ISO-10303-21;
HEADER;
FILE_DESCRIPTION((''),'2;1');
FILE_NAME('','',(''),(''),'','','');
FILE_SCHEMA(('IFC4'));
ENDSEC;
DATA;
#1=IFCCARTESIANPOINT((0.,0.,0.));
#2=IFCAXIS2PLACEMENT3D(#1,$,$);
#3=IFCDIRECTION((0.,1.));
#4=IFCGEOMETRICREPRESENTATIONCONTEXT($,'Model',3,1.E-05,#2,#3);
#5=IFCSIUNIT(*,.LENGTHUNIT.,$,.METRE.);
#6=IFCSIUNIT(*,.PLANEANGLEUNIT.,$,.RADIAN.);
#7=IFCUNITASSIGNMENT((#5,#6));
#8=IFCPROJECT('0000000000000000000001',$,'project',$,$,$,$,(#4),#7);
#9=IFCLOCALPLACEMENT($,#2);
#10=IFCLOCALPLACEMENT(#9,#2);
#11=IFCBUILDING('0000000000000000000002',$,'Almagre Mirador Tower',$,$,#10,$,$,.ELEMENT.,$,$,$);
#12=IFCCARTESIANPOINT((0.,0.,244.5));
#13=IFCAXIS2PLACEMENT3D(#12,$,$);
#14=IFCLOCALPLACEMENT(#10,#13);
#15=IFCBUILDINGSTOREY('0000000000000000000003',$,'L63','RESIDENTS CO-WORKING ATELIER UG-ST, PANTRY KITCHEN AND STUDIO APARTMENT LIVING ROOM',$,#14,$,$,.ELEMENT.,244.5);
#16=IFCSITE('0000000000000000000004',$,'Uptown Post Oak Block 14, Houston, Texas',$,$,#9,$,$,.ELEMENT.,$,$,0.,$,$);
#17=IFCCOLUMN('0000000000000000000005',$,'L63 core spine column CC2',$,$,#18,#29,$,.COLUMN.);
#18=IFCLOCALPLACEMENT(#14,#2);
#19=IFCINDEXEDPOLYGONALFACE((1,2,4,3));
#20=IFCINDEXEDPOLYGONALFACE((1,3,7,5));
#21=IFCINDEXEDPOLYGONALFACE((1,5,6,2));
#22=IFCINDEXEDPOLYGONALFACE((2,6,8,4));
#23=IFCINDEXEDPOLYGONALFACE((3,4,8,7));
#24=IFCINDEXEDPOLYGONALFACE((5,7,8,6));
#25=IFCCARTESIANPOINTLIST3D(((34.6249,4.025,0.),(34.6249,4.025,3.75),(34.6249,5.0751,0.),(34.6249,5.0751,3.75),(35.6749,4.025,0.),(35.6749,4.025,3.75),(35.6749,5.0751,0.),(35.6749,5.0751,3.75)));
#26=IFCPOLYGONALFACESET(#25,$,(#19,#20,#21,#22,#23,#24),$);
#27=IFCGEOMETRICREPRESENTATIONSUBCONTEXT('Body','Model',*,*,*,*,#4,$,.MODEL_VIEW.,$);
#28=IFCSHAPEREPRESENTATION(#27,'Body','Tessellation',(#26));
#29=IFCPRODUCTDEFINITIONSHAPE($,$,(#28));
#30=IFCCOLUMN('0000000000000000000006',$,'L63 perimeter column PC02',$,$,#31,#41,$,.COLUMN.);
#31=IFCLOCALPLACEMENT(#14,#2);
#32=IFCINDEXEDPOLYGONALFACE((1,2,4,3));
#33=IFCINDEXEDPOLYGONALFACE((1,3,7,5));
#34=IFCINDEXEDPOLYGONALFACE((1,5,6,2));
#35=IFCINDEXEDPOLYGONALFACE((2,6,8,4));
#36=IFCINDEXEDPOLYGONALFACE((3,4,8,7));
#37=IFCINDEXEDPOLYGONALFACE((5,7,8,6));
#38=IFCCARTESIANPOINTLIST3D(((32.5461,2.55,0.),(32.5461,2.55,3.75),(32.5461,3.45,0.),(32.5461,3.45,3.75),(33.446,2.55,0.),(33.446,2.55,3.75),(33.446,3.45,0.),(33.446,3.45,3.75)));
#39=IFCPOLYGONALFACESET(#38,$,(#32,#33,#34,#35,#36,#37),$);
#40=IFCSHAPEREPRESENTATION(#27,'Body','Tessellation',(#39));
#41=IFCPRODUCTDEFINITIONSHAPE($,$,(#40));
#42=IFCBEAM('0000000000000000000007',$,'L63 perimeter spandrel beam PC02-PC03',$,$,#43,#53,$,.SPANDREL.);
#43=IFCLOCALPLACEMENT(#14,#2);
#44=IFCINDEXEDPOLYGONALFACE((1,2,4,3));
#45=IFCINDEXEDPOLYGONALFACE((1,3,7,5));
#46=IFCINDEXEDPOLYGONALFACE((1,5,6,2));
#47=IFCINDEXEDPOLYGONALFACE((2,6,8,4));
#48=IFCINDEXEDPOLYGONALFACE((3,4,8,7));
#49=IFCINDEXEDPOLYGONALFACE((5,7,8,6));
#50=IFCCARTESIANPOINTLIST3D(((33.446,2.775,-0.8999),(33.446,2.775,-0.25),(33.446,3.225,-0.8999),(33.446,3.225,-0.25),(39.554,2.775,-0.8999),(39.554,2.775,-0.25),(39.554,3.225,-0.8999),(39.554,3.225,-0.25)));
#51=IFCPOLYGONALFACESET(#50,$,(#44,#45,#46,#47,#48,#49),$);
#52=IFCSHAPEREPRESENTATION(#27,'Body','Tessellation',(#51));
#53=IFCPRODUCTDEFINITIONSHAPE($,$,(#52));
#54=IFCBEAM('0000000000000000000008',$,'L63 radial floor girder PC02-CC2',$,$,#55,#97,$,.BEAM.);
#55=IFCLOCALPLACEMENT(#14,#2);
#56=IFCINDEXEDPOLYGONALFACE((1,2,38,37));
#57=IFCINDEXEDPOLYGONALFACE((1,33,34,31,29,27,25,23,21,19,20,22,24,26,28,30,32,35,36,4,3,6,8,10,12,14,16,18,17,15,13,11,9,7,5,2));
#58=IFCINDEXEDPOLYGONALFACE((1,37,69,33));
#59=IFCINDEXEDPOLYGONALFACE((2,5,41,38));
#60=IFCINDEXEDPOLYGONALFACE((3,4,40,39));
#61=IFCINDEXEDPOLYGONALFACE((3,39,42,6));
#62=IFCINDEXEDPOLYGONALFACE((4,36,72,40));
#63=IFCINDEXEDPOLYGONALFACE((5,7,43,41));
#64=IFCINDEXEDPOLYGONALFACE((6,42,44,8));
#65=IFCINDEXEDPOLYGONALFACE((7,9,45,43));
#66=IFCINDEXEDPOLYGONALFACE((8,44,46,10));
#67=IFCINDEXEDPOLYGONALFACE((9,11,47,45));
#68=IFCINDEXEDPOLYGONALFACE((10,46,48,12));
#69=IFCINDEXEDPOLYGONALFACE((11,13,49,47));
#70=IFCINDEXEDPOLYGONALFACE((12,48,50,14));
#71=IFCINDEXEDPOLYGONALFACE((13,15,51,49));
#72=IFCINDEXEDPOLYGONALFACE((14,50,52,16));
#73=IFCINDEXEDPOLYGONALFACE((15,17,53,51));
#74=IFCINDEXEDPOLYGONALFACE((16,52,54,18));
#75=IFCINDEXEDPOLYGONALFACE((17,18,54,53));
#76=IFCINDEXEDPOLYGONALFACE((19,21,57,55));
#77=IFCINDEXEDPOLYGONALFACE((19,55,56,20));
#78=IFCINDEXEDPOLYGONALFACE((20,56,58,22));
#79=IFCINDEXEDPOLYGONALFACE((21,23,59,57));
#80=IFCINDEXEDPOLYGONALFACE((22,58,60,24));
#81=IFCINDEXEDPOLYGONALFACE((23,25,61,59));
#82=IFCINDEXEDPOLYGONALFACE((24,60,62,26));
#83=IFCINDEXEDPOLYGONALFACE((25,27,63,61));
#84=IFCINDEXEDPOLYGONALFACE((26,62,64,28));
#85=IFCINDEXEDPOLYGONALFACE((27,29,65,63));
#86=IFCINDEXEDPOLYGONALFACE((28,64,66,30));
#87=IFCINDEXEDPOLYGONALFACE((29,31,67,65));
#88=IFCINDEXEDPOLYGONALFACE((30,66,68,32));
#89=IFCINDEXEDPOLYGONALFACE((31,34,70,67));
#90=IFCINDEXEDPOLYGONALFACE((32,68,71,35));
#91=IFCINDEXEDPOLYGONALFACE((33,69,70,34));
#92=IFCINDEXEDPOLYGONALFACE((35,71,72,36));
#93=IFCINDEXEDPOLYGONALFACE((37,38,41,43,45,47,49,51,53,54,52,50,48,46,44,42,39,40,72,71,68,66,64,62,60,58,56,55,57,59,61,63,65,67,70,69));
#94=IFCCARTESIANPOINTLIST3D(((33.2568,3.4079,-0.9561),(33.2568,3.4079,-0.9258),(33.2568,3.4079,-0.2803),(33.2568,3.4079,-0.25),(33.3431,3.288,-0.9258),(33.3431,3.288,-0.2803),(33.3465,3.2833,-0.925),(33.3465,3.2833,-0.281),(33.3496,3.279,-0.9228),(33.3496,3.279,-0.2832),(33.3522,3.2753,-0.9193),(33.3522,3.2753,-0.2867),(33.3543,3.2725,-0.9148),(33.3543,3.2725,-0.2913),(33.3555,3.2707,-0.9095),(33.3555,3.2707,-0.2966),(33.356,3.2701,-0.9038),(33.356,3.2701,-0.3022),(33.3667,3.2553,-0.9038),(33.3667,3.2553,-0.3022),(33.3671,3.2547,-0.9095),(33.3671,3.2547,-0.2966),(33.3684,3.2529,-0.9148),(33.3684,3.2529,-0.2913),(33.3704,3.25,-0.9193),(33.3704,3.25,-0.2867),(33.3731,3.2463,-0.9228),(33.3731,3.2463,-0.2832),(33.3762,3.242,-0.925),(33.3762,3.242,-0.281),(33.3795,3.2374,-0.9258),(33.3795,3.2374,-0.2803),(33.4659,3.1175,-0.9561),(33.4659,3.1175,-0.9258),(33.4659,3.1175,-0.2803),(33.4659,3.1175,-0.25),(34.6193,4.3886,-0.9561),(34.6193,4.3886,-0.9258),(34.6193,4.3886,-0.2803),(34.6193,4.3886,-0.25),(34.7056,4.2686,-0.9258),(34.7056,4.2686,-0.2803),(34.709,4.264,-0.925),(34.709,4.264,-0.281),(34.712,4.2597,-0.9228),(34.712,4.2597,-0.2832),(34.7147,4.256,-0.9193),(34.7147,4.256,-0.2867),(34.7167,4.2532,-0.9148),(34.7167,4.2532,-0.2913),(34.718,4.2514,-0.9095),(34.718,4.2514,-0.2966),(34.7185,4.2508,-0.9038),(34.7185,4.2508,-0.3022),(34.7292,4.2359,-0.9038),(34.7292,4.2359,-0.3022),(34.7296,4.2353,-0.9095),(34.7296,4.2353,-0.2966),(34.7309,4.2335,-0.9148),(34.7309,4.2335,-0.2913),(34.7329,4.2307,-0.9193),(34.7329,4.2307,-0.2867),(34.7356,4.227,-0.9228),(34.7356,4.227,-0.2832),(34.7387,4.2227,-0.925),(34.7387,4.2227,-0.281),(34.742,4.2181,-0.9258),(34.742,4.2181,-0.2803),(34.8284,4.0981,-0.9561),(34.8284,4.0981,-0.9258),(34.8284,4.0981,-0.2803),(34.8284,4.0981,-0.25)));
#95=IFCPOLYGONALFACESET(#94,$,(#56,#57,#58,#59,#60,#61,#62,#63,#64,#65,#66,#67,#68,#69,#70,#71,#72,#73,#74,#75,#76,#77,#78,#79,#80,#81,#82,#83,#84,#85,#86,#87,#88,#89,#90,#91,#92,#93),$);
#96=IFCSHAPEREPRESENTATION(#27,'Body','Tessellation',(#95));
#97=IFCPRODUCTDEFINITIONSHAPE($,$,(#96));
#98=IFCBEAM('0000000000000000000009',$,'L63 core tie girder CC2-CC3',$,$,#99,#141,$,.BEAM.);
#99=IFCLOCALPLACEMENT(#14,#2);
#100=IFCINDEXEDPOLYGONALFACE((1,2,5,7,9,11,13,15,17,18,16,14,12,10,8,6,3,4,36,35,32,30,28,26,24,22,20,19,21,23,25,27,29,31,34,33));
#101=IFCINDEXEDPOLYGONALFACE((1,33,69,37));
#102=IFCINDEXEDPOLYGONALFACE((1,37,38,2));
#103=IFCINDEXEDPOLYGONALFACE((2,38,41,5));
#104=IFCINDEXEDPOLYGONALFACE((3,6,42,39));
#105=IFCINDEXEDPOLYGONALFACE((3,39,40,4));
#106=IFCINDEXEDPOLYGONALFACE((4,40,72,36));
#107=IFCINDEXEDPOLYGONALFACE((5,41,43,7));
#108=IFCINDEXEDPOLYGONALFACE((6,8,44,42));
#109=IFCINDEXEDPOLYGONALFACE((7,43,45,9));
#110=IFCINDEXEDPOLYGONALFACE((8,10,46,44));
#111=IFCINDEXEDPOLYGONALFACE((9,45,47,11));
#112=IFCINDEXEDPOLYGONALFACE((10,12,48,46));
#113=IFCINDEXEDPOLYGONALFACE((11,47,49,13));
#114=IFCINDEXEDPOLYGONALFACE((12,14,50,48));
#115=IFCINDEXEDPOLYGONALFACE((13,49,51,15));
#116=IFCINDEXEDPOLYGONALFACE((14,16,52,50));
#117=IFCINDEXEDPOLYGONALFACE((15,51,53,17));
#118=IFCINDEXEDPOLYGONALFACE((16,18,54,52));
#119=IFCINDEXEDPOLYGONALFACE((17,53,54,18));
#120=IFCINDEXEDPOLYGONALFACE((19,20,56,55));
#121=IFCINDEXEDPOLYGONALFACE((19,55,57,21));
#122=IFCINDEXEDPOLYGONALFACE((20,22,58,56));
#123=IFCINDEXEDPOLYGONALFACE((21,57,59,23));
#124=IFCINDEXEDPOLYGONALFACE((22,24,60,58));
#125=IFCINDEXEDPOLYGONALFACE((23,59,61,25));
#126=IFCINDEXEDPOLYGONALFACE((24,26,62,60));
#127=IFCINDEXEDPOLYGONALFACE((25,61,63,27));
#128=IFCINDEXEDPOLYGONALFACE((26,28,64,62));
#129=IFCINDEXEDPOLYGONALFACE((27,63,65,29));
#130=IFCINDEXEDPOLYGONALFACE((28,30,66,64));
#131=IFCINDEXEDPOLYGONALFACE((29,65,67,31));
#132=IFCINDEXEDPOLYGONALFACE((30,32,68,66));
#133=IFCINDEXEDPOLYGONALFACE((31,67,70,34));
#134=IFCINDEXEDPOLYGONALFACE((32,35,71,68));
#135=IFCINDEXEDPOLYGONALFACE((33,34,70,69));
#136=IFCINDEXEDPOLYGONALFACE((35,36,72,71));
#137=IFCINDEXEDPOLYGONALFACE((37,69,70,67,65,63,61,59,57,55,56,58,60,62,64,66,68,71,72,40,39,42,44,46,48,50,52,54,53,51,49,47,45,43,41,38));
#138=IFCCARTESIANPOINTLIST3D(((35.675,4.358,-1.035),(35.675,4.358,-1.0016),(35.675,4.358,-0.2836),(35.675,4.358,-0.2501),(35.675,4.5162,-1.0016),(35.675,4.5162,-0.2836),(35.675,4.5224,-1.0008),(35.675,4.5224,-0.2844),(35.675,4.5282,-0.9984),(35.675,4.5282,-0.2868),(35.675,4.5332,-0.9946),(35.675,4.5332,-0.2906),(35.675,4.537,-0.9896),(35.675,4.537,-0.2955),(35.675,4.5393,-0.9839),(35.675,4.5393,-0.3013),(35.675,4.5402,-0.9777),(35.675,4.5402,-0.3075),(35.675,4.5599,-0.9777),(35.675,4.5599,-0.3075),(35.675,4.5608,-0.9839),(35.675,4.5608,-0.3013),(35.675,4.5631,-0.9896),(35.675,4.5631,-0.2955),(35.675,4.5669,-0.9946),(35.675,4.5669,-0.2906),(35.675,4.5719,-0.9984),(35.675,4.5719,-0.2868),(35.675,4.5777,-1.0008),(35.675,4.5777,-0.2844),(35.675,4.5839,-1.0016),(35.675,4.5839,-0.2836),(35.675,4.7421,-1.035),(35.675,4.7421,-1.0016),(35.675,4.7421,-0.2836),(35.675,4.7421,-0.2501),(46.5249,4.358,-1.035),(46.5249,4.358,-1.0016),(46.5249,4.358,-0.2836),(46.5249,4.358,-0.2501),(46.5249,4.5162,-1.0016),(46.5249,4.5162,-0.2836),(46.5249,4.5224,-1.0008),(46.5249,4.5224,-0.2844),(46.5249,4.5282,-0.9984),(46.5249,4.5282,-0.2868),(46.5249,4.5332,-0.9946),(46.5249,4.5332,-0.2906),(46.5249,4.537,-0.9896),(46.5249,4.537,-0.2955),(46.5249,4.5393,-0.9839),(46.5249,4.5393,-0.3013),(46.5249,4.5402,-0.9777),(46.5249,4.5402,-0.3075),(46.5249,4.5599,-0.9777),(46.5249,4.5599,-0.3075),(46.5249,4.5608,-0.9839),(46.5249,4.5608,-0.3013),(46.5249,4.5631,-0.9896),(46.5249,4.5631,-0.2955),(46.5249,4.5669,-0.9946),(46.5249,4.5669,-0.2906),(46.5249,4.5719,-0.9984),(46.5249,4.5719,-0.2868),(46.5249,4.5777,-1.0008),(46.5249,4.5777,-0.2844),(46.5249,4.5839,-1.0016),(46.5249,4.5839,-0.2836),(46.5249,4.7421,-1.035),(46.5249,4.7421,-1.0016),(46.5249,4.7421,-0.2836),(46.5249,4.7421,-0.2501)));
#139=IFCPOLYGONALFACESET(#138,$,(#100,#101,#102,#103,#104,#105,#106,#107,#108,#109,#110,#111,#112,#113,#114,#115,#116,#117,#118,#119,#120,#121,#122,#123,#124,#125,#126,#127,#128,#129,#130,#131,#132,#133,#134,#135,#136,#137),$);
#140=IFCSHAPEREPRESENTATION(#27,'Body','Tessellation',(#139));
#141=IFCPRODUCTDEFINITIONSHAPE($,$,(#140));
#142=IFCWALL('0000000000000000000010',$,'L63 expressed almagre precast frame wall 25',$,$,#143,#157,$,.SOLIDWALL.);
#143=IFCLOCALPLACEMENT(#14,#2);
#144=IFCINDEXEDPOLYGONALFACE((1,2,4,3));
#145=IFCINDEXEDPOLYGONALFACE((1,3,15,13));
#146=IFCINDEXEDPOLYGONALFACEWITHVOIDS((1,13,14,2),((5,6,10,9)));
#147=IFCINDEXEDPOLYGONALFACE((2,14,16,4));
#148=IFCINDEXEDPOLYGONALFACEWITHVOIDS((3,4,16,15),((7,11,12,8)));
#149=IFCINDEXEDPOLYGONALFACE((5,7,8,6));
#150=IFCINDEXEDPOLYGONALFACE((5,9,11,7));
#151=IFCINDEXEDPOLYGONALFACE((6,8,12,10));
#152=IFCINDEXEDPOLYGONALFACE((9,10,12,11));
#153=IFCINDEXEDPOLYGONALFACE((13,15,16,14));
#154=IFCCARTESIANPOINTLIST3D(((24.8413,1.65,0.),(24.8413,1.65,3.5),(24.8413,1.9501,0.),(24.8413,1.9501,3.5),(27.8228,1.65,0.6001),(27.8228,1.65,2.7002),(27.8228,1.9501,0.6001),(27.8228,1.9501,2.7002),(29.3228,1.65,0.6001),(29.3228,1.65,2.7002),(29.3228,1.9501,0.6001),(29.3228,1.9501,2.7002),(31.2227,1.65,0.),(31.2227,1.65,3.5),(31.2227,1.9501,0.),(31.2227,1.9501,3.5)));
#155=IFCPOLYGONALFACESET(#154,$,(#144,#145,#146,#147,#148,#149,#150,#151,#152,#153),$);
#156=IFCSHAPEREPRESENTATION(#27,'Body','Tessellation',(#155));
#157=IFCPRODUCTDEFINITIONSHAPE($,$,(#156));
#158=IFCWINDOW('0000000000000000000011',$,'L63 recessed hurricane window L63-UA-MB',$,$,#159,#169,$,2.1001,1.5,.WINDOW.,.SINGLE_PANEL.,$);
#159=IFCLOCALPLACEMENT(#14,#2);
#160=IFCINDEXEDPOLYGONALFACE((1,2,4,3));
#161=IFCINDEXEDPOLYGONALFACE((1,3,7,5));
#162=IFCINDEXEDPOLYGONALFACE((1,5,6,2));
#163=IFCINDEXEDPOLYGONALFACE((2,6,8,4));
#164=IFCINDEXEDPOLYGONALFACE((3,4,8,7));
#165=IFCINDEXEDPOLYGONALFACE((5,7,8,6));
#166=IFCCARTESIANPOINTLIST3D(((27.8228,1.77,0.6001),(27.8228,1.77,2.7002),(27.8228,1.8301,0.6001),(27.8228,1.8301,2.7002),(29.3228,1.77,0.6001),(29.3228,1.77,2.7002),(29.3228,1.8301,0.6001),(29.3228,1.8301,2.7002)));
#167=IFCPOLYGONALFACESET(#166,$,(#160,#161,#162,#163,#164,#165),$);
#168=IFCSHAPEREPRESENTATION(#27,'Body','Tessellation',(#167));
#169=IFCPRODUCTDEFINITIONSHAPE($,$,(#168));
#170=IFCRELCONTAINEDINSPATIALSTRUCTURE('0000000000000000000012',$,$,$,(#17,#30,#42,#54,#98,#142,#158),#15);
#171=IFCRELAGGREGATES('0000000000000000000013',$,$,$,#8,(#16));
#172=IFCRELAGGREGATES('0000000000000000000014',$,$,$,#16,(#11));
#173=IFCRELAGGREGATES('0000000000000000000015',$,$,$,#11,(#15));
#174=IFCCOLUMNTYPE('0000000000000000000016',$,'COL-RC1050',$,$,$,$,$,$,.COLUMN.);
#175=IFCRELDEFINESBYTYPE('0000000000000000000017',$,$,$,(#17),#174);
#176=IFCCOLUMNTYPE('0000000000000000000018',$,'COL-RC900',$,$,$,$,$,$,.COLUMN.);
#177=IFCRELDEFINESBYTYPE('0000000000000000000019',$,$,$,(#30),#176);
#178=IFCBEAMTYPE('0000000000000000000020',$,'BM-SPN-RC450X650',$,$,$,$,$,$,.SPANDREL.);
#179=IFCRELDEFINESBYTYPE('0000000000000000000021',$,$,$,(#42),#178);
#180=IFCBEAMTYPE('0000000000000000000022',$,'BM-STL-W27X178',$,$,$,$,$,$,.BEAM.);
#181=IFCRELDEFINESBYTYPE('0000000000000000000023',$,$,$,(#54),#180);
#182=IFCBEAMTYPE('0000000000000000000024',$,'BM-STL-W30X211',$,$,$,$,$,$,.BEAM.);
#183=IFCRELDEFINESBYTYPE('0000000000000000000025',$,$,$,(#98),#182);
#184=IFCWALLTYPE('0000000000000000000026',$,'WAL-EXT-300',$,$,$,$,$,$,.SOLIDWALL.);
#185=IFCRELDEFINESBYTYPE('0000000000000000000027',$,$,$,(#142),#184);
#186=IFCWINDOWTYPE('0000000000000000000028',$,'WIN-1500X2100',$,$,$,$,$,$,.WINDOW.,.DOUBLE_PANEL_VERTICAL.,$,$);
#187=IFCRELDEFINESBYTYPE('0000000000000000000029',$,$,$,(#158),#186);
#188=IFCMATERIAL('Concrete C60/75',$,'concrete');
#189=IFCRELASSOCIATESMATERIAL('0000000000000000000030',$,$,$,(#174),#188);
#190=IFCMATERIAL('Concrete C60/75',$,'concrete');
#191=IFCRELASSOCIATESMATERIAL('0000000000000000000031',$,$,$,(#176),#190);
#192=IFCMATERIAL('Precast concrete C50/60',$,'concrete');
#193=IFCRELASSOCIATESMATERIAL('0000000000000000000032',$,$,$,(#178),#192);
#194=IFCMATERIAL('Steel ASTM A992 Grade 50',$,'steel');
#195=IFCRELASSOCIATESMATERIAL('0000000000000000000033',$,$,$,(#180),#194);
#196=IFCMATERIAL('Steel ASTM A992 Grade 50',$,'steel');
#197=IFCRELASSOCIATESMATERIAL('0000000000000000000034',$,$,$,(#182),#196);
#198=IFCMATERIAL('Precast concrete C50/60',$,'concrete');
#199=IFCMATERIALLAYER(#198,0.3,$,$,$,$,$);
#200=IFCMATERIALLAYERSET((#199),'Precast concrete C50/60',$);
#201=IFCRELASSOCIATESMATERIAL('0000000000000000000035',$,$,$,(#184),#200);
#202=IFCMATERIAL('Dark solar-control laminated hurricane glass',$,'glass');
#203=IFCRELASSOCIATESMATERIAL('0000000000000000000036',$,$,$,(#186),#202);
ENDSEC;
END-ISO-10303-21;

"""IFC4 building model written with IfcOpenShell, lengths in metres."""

from ifc_helpers import new_model, si_unit, direction, frame, frame_2d, origin, origin_2d, place, context, subcontext, project, spatial, rectangle, i_section, extrude, material, layer, layer_set, material_profile, profile_set, type_object, element, fill, save


model = new_model("IFC4")

# Units and contexts
model_context = context("Model", 3, precision=1e-05, world=origin(), true_north=direction((0.0, 1.0)))
body_context = subcontext(model_context, "Body", "Model", "MODEL_VIEW")
ifc_project = project(units=[si_unit("LENGTHUNIT", "METRE"), si_unit("PLANEANGLEUNIT", "RADIAN")], contexts=[model_context])

# Site, building, storey
site_placement = place(None, origin())
site = spatial("IfcSite", under=ifc_project, at=site_placement, Name="Uptown Post Oak Block 14, Houston, Texas", CompositionType="ELEMENT", RefElevation=0.0)
building_placement = place(site_placement, origin())
building = spatial("IfcBuilding", under=site, at=building_placement, Name="Almagre Mirador Tower", CompositionType="ELEMENT")
storey_placement = place(building_placement, frame((0.0, 0.0, 244.5)))
storey = spatial("IfcBuildingStorey", under=building, at=storey_placement, Name="L63", Description="RESIDENTS CO-WORKING ATELIER UG-ST, PANTRY KITCHEN AND STUDIO APARTMENT LIVING ROOM", CompositionType="ELEMENT", Elevation=244.5)

# Columns
ifc_material_1 = material(Name="Concrete C60/75", Category="concrete")
ifc_material_profile_1 = material_profile(ifc_material_1, rectangle(XDim=1.05, YDim=1.05, at=origin_2d()), Name="RC1050X1050")
ifc_profile_set_1 = profile_set([ifc_material_profile_1], Name="Concrete C60/75")
column_type_1 = type_object("IfcColumnType", Name="COL-RC1050", PredefinedType="COLUMN", material=ifc_profile_set_1)
column_1_placement = place(storey_placement, frame((35.1499, 4.55, 0.0), z_axis=(0.0, 0.0, 1.0), x_axis=(1.0, 0.0, 0.0)))
element("IfcColumn", 1, at=column_1_placement, inside=storey, type_object=column_type_1, Name="L63 core spine column CC2", PredefinedType="COLUMN", context=body_context, shape_type="SweptSolid", body=[
    extrude(rectangle(XDim=1.05, YDim=1.05, at=origin_2d()), origin(), (0.0, 0.0, 1.0), 3.75),
])
ifc_material_2 = material(Name="Concrete C60/75", Category="concrete")
ifc_material_profile_2 = material_profile(ifc_material_2, rectangle(XDim=0.8999, YDim=0.8999, at=origin_2d()), Name="RC900X900")
ifc_profile_set_2 = profile_set([ifc_material_profile_2], Name="Concrete C60/75")
column_type_2 = type_object("IfcColumnType", Name="COL-RC900", PredefinedType="COLUMN", material=ifc_profile_set_2)
column_2_placement = place(storey_placement, frame((32.9961, 3.0, 0.0), z_axis=(0.0, 0.0, 1.0), x_axis=(1.0, 0.0, 0.0)))
element("IfcColumn", 2, at=column_2_placement, inside=storey, type_object=column_type_2, Name="L63 perimeter column PC02", PredefinedType="COLUMN", context=body_context, shape_type="SweptSolid", body=[
    extrude(rectangle(XDim=0.8999, YDim=0.8999, at=origin_2d()), origin(), (0.0, 0.0, 1.0), 3.75),
])

# Beams
ifc_material_3 = material(Name="Precast concrete C50/60", Category="concrete")
ifc_material_profile_3 = material_profile(ifc_material_3, rectangle(XDim=0.45, YDim=0.6499, at=origin_2d()), Name="RC450X650")
ifc_profile_set_3 = profile_set([ifc_material_profile_3], Name="Precast concrete C50/60")
beam_type_1 = type_object("IfcBeamType", Name="BM-SPN-RC450X650", PredefinedType="SPANDREL", material=ifc_profile_set_3)
beam_1_placement = place(storey_placement, frame((33.446, 3.0, -0.575), z_axis=(1.0, 0.0, 0.0), x_axis=(0.0, 1.0, 0.0)))
element("IfcBeam", 3, at=beam_1_placement, inside=storey, type_object=beam_type_1, Name="L63 perimeter spandrel beam PC02-PC03", PredefinedType="SPANDREL", context=body_context, shape_type="SweptSolid", body=[
    extrude(rectangle(XDim=0.45, YDim=0.6499, at=origin_2d()), origin(), (0.0, 0.0, 1.0), 6.1079),
])
ifc_material_4 = material(Name="Steel ASTM A992 Grade 50", Category="steel")
ifc_material_profile_4 = material_profile(ifc_material_4, i_section(OverallWidth=0.3579, OverallDepth=0.7061, WebThickness=0.0183, FlangeThickness=0.0303, FilletRadius=0.022, at=origin_2d()), Name="W27X178")
ifc_profile_set_4 = profile_set([ifc_material_profile_4], Name="Steel ASTM A992 Grade 50")
beam_type_2 = type_object("IfcBeamType", Name="BM-STL-W27X178", PredefinedType="BEAM", material=ifc_profile_set_4)
beam_2_placement = place(storey_placement, frame((33.3613, 3.2627, -0.603), z_axis=(0.811625, 0.584178, 0.0), x_axis=(-0.584178, 0.811625, 0.0)))
element("IfcBeam", 4, at=beam_2_placement, inside=storey, type_object=beam_type_2, Name="L63 radial floor girder PC02-CC2", PredefinedType="BEAM", context=body_context, shape_type="SweptSolid", body=[
    extrude(i_section(OverallWidth=0.3579, OverallDepth=0.7061, WebThickness=0.0183, FlangeThickness=0.0303, FilletRadius=0.022, at=origin_2d()), origin(), (0.0, 0.0, 1.0), 1.6787),
])
ifc_material_5 = material(Name="Steel ASTM A992 Grade 50", Category="steel")
ifc_material_profile_5 = material_profile(ifc_material_5, i_section(OverallWidth=0.384, OverallDepth=0.7849, WebThickness=0.0198, FlangeThickness=0.0334, FilletRadius=0.0239, at=origin_2d()), Name="W30X211")
ifc_profile_set_5 = profile_set([ifc_material_profile_5], Name="Steel ASTM A992 Grade 50")
beam_type_3 = type_object("IfcBeamType", Name="BM-STL-W30X211", PredefinedType="BEAM", material=ifc_profile_set_5)
beam_3_placement = place(storey_placement, frame((35.675, 4.55, -0.6426), z_axis=(1.0, 0.0, 0.0), x_axis=(0.0, 1.0, 0.0)))
element("IfcBeam", 5, at=beam_3_placement, inside=storey, type_object=beam_type_3, Name="L63 core tie girder CC2-CC3", PredefinedType="BEAM", context=body_context, shape_type="SweptSolid", body=[
    extrude(i_section(OverallWidth=0.384, OverallDepth=0.7849, WebThickness=0.0198, FlangeThickness=0.0334, FilletRadius=0.0239, at=origin_2d()), origin(), (0.0, 0.0, 1.0), 10.8499),
])

# Wall, opening, window
ifc_material_6 = material(Name="Precast concrete C50/60", Category="concrete")
ifc_layer_1 = layer(ifc_material_6, 0.3)
ifc_layer_set_1 = layer_set([ifc_layer_1], Name="Precast concrete C50/60")
wall_type_1 = type_object("IfcWallType", Name="WAL-EXT-300", PredefinedType="SOLIDWALL", material=ifc_layer_set_1)
wall_1_placement = place(storey_placement, frame((31.2227, 1.8, 0.0), z_axis=(0.0, 0.0, 1.0), x_axis=(-1.0, 0.0, 0.0)))
wall_1 = element("IfcWall", 6, at=wall_1_placement, inside=storey, type_object=wall_type_1, Name="L63 expressed almagre precast frame wall 25", PredefinedType="SOLIDWALL", context=body_context, shape_type="SweptSolid", body=[
    extrude(rectangle(XDim=6.3813, YDim=0.3, at=frame_2d((3.1907, 0.0))), origin(), (0.0, 0.0, 1.0), 3.5),
])
opening_1_placement = place(wall_1_placement, frame((1.8999, 0.0, 0.6001)))
opening_1 = element("IfcOpeningElement", 7, at=opening_1_placement, cuts=wall_1, PredefinedType="OPENING", context=body_context, shape_type="SweptSolid", body=[
    extrude(rectangle(XDim=1.5, YDim=2.1001, at=frame_2d((0.75, 1.05))), frame((0.0, 0.1599, 0.0), z_axis=(0.0, -1.0, 0.0), x_axis=(1.0, 0.0, 0.0)), (0.0, 0.0, 1.0), 0.32),
])
ifc_material_7 = material(Name="Dark solar-control laminated hurricane glass", Category="glass")
window_type = type_object("IfcWindowType", Name="WIN-1500X2100", PartitioningType="DOUBLE_PANEL_VERTICAL", PredefinedType="WINDOW", material=ifc_material_7)
window_placement = place(opening_1_placement, origin())
window = element("IfcWindow", 8, at=window_placement, inside=storey, type_object=window_type, Name="L63 recessed hurricane window L63-UA-MB", OverallHeight=2.1001, OverallWidth=1.5, PartitioningType="SINGLE_PANEL", PredefinedType="WINDOW", context=body_context, shape_type="SweptSolid", body=[
    extrude(rectangle(XDim=1.5, YDim=2.1001, at=frame_2d((0.75, 1.05))), frame((0.0, 0.03, 0.0), z_axis=(0.0, -1.0, 0.0), x_axis=(1.0, 0.0, 0.0)), (0.0, 0.0, 1.0), 0.0601),
])
fill(opening_1, window)

save(model, "model.ifc")
